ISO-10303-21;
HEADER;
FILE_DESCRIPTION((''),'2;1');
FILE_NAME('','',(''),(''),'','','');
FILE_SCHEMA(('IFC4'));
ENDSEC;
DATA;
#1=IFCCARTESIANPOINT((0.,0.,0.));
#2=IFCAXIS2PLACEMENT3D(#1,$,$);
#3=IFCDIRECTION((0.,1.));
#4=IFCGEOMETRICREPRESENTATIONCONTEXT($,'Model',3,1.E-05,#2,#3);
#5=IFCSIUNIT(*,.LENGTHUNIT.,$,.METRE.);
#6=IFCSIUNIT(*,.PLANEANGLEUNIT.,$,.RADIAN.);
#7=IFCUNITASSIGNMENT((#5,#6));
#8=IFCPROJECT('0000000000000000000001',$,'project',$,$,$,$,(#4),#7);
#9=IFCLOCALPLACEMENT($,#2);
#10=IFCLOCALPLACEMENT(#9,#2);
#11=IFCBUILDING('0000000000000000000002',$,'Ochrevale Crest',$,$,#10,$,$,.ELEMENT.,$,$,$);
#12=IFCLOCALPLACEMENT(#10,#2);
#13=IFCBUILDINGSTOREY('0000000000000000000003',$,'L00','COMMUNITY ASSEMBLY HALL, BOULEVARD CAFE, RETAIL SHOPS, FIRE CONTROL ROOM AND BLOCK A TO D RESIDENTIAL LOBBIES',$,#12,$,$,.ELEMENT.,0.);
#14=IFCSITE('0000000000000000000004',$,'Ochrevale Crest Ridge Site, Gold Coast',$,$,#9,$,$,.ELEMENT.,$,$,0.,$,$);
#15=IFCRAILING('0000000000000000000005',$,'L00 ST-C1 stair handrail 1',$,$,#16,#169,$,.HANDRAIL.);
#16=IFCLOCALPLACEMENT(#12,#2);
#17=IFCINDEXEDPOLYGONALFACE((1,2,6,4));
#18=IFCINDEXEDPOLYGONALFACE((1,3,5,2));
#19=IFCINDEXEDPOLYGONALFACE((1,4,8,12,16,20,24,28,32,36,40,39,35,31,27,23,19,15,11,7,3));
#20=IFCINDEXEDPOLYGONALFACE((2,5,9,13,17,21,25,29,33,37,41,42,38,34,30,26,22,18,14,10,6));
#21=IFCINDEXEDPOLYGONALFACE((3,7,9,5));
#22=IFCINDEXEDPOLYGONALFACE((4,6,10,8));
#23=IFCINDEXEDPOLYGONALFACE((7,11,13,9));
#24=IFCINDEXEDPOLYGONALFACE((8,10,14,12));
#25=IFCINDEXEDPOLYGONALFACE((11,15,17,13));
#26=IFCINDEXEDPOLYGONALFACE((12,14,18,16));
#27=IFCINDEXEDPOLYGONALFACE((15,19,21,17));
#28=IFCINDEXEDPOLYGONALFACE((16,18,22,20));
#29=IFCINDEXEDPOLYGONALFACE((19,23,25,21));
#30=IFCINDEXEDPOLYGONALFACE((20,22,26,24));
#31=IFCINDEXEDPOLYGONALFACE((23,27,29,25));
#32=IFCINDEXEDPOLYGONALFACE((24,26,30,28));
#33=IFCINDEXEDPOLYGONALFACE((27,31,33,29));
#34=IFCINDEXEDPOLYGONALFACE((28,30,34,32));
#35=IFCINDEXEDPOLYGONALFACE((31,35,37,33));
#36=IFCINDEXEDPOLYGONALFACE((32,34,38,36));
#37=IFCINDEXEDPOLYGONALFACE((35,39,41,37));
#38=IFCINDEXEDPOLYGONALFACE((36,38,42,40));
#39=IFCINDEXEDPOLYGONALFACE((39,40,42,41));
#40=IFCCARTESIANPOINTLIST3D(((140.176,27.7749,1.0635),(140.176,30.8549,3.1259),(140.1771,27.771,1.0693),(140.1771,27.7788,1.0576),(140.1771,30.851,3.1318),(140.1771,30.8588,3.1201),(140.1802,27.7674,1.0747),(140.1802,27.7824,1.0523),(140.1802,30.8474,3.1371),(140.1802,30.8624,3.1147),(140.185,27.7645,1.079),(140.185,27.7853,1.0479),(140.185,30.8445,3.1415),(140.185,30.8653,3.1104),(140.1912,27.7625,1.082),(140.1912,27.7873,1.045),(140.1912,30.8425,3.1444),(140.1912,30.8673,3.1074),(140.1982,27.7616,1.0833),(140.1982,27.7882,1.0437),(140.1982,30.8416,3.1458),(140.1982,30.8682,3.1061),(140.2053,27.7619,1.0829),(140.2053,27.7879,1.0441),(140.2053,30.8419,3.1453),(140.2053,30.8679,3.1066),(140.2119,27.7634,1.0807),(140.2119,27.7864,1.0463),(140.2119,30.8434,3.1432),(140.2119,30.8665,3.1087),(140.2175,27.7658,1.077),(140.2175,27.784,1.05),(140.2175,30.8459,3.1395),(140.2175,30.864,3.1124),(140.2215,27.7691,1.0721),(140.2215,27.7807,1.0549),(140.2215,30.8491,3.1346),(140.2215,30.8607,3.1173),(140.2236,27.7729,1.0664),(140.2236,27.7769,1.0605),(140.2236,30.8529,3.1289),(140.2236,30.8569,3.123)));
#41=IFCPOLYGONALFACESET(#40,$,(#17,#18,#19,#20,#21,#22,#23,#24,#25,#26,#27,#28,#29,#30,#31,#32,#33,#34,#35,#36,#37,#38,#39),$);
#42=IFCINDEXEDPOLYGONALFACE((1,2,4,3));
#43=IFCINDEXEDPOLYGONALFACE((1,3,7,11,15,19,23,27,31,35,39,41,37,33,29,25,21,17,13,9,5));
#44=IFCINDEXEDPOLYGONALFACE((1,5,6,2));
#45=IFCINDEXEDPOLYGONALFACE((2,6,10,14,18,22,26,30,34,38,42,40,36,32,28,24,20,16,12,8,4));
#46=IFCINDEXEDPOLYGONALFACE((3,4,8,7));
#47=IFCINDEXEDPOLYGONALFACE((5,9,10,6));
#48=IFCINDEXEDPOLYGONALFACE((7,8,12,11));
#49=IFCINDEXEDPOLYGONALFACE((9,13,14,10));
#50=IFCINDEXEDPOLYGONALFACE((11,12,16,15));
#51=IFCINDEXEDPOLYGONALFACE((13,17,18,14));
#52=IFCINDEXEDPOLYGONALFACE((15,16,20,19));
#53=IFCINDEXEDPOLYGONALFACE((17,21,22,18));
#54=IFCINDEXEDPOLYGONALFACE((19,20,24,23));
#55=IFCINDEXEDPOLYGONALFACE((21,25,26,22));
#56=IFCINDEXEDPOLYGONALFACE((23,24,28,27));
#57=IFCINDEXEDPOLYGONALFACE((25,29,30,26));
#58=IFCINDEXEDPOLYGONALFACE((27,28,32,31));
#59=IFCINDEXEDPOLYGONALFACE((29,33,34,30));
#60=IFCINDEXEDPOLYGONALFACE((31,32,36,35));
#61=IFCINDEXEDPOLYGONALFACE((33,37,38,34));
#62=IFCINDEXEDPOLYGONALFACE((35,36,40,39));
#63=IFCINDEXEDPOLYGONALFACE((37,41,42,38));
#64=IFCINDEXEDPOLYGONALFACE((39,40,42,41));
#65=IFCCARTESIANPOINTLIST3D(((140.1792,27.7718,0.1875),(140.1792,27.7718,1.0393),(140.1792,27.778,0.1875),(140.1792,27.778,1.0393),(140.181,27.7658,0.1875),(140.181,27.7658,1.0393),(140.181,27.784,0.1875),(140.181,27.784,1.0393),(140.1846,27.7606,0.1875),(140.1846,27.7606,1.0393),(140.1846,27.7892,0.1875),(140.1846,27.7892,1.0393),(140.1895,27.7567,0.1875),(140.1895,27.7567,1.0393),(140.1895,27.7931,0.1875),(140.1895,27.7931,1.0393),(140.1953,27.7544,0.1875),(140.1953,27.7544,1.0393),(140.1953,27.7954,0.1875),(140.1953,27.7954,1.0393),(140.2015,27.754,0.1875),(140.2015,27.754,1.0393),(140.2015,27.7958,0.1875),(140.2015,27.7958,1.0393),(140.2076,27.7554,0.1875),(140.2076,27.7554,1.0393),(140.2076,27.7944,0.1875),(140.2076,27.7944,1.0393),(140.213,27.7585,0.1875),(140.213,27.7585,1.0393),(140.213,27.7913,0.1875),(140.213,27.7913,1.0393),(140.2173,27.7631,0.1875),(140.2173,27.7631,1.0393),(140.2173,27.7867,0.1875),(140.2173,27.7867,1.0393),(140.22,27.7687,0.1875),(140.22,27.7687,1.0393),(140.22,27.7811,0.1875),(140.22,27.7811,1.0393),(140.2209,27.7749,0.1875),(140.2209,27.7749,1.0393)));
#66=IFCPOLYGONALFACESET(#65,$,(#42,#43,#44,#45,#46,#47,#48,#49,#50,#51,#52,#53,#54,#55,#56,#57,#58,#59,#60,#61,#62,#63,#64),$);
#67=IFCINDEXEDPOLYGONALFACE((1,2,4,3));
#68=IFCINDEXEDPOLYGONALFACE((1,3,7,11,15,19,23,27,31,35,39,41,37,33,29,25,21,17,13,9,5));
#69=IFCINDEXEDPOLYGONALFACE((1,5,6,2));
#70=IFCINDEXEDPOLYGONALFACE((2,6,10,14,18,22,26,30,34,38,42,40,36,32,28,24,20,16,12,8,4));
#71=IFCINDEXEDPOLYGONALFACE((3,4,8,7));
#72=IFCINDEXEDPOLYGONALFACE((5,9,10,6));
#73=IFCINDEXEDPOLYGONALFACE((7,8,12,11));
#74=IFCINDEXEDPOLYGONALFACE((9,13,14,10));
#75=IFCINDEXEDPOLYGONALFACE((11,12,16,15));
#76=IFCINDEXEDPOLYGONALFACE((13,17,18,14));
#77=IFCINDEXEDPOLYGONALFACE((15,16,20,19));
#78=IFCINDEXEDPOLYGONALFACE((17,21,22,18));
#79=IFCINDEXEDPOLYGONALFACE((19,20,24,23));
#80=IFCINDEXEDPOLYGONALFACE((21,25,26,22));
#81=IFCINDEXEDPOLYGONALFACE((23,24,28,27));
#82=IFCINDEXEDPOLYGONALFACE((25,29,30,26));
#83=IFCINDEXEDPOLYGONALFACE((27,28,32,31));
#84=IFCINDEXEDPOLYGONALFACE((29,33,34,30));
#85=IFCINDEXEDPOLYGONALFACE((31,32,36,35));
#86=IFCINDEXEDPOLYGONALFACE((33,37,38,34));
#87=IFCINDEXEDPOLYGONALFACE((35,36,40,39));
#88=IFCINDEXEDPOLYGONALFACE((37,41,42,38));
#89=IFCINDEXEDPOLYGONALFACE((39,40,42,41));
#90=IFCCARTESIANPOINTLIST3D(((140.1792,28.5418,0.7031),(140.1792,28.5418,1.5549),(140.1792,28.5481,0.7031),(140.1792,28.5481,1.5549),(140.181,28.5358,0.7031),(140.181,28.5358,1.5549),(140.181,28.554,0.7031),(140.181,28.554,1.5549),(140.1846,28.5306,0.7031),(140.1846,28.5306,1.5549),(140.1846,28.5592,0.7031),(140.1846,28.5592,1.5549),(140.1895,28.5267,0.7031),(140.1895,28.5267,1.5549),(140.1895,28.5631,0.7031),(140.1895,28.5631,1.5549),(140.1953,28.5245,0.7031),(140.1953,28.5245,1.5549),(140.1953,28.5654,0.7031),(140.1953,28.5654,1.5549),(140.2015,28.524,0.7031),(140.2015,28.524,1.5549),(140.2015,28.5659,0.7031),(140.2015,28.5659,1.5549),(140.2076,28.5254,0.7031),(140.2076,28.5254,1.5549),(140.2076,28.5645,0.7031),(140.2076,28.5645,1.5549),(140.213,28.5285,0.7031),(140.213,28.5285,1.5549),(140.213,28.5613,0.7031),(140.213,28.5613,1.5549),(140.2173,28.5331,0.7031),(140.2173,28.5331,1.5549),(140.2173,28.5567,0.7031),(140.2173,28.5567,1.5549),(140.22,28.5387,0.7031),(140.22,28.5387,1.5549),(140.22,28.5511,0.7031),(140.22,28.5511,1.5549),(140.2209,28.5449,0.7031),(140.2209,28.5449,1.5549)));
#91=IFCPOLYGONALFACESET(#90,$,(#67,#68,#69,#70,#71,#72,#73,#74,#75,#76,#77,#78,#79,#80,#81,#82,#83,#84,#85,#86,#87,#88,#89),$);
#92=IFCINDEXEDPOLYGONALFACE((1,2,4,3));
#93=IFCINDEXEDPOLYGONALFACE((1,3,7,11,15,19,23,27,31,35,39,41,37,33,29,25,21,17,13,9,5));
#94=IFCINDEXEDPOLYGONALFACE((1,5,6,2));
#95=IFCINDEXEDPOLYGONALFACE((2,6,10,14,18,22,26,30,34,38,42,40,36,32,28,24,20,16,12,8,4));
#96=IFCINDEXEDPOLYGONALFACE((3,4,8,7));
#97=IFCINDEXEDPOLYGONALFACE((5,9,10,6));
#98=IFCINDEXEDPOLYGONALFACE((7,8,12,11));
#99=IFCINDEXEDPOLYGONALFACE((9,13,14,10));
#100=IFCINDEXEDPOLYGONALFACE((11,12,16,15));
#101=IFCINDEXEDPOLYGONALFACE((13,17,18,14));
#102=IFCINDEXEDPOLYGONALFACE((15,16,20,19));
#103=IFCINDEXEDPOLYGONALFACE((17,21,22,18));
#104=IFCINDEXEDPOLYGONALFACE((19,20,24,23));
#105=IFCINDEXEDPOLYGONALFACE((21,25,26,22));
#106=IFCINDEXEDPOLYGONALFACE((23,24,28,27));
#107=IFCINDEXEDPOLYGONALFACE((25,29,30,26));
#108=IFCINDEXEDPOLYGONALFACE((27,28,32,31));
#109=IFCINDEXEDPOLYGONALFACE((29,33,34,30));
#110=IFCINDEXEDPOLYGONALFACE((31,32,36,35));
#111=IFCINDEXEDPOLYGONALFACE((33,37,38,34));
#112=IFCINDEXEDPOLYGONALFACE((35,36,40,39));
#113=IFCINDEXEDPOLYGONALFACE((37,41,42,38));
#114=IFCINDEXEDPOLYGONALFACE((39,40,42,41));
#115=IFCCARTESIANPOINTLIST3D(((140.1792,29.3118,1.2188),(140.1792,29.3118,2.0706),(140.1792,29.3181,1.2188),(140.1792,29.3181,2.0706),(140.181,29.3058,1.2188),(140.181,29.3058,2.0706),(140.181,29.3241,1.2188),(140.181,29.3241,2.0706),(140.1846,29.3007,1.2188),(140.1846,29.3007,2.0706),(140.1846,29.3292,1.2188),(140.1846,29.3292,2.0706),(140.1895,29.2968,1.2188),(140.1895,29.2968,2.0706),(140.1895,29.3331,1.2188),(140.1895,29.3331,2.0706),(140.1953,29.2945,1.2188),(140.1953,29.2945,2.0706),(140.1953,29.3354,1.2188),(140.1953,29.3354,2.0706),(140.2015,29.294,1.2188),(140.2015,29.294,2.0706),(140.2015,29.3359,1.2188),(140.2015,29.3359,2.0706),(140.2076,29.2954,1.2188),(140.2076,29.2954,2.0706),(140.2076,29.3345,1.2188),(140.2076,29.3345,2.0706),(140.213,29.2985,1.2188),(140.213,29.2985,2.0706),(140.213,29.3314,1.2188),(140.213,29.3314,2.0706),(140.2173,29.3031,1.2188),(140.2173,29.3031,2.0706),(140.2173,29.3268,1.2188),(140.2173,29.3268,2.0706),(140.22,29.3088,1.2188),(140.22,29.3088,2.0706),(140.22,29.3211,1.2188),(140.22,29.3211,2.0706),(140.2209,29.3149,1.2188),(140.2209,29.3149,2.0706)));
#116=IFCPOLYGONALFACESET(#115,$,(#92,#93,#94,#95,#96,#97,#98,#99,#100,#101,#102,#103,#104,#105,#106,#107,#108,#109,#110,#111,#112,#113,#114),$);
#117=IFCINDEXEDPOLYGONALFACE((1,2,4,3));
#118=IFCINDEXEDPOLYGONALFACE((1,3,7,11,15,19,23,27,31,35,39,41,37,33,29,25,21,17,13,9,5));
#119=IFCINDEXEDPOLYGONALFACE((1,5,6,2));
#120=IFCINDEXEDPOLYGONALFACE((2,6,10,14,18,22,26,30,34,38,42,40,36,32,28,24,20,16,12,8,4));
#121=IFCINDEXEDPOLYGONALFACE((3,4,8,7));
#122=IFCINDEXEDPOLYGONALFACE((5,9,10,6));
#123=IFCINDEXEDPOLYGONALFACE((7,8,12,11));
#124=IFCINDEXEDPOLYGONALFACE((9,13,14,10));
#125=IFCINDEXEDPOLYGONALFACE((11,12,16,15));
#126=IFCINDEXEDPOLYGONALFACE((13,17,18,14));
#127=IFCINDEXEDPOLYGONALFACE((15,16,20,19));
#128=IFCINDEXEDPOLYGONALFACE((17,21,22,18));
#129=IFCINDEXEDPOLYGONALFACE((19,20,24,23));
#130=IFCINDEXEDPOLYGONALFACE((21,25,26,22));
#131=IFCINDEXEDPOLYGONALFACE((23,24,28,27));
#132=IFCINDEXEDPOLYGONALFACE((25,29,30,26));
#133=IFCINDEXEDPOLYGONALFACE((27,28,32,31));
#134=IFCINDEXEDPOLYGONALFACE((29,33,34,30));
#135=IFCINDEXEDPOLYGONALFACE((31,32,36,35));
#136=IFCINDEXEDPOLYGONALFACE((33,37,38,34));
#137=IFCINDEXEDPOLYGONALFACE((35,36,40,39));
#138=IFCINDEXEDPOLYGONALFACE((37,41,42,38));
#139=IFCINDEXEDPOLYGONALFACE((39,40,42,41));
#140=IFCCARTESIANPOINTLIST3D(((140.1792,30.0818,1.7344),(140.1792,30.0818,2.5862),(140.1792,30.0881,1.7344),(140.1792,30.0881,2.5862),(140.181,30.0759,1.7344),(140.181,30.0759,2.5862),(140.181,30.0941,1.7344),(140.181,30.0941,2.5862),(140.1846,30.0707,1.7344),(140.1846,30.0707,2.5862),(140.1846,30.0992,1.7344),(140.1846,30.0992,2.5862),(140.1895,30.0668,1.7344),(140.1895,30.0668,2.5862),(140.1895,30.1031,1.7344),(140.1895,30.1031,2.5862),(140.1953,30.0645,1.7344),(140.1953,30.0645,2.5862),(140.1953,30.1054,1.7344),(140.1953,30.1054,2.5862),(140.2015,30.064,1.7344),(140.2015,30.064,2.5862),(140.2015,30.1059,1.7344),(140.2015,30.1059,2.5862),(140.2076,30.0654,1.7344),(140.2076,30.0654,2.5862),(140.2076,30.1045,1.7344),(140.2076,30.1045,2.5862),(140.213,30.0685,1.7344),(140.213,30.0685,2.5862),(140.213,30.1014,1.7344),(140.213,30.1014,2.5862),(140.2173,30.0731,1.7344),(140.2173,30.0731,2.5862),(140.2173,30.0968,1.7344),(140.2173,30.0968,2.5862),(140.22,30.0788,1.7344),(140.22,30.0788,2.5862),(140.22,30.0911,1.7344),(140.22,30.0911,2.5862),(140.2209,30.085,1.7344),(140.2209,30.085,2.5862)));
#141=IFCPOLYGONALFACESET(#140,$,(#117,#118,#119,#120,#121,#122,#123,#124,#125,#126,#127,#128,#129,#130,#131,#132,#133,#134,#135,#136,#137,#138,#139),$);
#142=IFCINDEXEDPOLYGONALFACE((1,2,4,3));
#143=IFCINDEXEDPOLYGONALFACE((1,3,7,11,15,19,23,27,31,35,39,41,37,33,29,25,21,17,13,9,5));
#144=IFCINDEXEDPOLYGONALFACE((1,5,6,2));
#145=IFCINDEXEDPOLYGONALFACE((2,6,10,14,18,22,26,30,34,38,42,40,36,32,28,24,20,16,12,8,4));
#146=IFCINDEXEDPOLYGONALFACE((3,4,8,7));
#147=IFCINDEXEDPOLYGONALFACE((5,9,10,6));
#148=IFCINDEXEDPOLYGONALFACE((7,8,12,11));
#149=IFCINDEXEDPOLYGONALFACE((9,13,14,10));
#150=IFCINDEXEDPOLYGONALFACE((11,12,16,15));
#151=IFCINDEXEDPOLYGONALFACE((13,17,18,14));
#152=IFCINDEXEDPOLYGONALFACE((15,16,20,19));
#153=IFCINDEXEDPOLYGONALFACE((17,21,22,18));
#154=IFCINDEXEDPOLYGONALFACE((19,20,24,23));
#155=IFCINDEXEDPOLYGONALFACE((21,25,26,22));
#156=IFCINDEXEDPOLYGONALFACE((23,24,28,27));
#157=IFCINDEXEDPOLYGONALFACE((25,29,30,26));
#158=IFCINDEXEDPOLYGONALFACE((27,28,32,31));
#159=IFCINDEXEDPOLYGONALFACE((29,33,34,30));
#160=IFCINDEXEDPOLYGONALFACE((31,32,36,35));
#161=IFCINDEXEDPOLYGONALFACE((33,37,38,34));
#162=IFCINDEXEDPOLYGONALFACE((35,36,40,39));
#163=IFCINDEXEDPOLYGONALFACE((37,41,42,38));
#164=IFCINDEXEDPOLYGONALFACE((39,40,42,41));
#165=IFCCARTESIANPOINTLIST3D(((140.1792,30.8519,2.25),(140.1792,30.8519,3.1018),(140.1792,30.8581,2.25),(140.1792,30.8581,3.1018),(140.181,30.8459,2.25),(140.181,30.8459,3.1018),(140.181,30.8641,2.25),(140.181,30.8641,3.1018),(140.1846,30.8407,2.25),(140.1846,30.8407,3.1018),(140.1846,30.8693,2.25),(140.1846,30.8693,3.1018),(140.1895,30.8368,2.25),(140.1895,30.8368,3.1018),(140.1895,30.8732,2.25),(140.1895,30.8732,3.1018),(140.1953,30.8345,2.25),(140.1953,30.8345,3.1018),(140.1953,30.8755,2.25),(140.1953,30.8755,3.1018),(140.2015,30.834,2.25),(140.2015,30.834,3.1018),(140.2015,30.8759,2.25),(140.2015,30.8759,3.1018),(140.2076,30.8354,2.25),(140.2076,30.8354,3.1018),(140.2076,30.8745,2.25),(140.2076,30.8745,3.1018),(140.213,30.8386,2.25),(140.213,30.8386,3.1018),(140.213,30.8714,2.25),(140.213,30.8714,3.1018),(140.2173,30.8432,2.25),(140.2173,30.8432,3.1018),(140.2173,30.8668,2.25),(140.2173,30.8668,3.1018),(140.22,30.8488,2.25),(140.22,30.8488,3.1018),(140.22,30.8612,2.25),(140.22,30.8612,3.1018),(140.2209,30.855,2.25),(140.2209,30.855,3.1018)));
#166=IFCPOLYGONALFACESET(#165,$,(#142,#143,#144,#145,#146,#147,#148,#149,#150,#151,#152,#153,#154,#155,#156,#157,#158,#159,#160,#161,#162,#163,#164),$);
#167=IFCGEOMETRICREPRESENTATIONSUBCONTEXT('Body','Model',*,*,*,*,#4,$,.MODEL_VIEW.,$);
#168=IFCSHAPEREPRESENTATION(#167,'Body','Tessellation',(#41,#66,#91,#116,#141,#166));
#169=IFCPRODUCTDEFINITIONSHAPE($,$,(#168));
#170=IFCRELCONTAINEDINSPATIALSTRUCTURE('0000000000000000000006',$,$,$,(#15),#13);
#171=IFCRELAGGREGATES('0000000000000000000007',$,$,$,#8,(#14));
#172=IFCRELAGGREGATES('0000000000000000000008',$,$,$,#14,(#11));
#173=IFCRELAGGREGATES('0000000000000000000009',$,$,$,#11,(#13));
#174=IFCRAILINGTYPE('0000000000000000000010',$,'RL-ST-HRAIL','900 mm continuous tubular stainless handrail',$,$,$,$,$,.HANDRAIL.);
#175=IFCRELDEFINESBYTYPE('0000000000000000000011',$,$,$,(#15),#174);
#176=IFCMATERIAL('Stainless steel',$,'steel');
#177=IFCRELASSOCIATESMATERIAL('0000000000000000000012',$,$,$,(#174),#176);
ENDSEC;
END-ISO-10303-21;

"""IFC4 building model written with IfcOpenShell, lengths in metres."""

from ifc_helpers import new_model, si_unit, direction, frame, origin, origin_2d, place, context, subcontext, project, spatial, circle, extrude, material, type_object, element, save


model = new_model("IFC4")

# Units and contexts
model_context = context("Model", 3, precision=1e-05, world=origin(), true_north=direction((0.0, 1.0)))
body_context = subcontext(model_context, "Body", "Model", "MODEL_VIEW")
ifc_project = project(units=[si_unit("LENGTHUNIT", "METRE"), si_unit("PLANEANGLEUNIT", "RADIAN")], contexts=[model_context])

# Site, building, storey
site_placement = place(None, origin())
site = spatial("IfcSite", under=ifc_project, at=site_placement, Name="Ochrevale Crest Ridge Site, Gold Coast", CompositionType="ELEMENT", RefElevation=0.0)
building_placement = place(site_placement, origin())
building = spatial("IfcBuilding", under=site, at=building_placement, Name="Ochrevale Crest", CompositionType="ELEMENT")
storey_placement = place(building_placement, origin())
storey = spatial("IfcBuildingStorey", under=building, at=storey_placement, Name="L00", Description="COMMUNITY ASSEMBLY HALL, BOULEVARD CAFE, RETAIL SHOPS, FIRE CONTROL ROOM AND BLOCK A TO D RESIDENTIAL LOBBIES", CompositionType="ELEMENT", Elevation=0.0)

# Railing
ifc_material_1 = material(Name="Stainless steel", Category="steel")
railing_type_1 = type_object("IfcRailingType", Name="RL-ST-HRAIL", Description="900 mm continuous tubular stainless handrail", PredefinedType="HANDRAIL", material=ifc_material_1)
railing_1_placement = place(storey_placement, frame((140.2, 27.7749, 0.1875)))
element("IfcRailing", 1, at=railing_1_placement, inside=storey, type_object=railing_type_1, Name="L00 ST-C1 stair handrail 1", PredefinedType="HANDRAIL", context=body_context, shape_type="SweptSolid", body=[
    extrude(circle(Radius=0.0239, at=origin_2d()), frame((0.0, 0.0, 0.876), z_axis=(0.0, 0.830914, 0.556401), x_axis=(-1.0, 0.0, 0.0)), (0.0, 0.0, 1.0), 3.7068),
    extrude(circle(Radius=0.021, at=origin_2d()), origin(), (0.0, 0.0, 1.0), 0.8518),
    extrude(circle(Radius=0.021, at=origin_2d()), frame((0.0, 0.77, 0.5156)), (0.0, 0.0, 1.0), 0.8518),
    extrude(circle(Radius=0.021, at=origin_2d()), frame((0.0, 1.54, 1.0312)), (0.0, 0.0, 1.0), 0.8518),
    extrude(circle(Radius=0.021, at=origin_2d()), frame((0.0, 2.3101, 1.5469)), (0.0, 0.0, 1.0), 0.8518),
    extrude(circle(Radius=0.021, at=origin_2d()), frame((0.0, 3.0801, 2.0625)), (0.0, 0.0, 1.0), 0.8518),
])

save(model, "model.ifc")
